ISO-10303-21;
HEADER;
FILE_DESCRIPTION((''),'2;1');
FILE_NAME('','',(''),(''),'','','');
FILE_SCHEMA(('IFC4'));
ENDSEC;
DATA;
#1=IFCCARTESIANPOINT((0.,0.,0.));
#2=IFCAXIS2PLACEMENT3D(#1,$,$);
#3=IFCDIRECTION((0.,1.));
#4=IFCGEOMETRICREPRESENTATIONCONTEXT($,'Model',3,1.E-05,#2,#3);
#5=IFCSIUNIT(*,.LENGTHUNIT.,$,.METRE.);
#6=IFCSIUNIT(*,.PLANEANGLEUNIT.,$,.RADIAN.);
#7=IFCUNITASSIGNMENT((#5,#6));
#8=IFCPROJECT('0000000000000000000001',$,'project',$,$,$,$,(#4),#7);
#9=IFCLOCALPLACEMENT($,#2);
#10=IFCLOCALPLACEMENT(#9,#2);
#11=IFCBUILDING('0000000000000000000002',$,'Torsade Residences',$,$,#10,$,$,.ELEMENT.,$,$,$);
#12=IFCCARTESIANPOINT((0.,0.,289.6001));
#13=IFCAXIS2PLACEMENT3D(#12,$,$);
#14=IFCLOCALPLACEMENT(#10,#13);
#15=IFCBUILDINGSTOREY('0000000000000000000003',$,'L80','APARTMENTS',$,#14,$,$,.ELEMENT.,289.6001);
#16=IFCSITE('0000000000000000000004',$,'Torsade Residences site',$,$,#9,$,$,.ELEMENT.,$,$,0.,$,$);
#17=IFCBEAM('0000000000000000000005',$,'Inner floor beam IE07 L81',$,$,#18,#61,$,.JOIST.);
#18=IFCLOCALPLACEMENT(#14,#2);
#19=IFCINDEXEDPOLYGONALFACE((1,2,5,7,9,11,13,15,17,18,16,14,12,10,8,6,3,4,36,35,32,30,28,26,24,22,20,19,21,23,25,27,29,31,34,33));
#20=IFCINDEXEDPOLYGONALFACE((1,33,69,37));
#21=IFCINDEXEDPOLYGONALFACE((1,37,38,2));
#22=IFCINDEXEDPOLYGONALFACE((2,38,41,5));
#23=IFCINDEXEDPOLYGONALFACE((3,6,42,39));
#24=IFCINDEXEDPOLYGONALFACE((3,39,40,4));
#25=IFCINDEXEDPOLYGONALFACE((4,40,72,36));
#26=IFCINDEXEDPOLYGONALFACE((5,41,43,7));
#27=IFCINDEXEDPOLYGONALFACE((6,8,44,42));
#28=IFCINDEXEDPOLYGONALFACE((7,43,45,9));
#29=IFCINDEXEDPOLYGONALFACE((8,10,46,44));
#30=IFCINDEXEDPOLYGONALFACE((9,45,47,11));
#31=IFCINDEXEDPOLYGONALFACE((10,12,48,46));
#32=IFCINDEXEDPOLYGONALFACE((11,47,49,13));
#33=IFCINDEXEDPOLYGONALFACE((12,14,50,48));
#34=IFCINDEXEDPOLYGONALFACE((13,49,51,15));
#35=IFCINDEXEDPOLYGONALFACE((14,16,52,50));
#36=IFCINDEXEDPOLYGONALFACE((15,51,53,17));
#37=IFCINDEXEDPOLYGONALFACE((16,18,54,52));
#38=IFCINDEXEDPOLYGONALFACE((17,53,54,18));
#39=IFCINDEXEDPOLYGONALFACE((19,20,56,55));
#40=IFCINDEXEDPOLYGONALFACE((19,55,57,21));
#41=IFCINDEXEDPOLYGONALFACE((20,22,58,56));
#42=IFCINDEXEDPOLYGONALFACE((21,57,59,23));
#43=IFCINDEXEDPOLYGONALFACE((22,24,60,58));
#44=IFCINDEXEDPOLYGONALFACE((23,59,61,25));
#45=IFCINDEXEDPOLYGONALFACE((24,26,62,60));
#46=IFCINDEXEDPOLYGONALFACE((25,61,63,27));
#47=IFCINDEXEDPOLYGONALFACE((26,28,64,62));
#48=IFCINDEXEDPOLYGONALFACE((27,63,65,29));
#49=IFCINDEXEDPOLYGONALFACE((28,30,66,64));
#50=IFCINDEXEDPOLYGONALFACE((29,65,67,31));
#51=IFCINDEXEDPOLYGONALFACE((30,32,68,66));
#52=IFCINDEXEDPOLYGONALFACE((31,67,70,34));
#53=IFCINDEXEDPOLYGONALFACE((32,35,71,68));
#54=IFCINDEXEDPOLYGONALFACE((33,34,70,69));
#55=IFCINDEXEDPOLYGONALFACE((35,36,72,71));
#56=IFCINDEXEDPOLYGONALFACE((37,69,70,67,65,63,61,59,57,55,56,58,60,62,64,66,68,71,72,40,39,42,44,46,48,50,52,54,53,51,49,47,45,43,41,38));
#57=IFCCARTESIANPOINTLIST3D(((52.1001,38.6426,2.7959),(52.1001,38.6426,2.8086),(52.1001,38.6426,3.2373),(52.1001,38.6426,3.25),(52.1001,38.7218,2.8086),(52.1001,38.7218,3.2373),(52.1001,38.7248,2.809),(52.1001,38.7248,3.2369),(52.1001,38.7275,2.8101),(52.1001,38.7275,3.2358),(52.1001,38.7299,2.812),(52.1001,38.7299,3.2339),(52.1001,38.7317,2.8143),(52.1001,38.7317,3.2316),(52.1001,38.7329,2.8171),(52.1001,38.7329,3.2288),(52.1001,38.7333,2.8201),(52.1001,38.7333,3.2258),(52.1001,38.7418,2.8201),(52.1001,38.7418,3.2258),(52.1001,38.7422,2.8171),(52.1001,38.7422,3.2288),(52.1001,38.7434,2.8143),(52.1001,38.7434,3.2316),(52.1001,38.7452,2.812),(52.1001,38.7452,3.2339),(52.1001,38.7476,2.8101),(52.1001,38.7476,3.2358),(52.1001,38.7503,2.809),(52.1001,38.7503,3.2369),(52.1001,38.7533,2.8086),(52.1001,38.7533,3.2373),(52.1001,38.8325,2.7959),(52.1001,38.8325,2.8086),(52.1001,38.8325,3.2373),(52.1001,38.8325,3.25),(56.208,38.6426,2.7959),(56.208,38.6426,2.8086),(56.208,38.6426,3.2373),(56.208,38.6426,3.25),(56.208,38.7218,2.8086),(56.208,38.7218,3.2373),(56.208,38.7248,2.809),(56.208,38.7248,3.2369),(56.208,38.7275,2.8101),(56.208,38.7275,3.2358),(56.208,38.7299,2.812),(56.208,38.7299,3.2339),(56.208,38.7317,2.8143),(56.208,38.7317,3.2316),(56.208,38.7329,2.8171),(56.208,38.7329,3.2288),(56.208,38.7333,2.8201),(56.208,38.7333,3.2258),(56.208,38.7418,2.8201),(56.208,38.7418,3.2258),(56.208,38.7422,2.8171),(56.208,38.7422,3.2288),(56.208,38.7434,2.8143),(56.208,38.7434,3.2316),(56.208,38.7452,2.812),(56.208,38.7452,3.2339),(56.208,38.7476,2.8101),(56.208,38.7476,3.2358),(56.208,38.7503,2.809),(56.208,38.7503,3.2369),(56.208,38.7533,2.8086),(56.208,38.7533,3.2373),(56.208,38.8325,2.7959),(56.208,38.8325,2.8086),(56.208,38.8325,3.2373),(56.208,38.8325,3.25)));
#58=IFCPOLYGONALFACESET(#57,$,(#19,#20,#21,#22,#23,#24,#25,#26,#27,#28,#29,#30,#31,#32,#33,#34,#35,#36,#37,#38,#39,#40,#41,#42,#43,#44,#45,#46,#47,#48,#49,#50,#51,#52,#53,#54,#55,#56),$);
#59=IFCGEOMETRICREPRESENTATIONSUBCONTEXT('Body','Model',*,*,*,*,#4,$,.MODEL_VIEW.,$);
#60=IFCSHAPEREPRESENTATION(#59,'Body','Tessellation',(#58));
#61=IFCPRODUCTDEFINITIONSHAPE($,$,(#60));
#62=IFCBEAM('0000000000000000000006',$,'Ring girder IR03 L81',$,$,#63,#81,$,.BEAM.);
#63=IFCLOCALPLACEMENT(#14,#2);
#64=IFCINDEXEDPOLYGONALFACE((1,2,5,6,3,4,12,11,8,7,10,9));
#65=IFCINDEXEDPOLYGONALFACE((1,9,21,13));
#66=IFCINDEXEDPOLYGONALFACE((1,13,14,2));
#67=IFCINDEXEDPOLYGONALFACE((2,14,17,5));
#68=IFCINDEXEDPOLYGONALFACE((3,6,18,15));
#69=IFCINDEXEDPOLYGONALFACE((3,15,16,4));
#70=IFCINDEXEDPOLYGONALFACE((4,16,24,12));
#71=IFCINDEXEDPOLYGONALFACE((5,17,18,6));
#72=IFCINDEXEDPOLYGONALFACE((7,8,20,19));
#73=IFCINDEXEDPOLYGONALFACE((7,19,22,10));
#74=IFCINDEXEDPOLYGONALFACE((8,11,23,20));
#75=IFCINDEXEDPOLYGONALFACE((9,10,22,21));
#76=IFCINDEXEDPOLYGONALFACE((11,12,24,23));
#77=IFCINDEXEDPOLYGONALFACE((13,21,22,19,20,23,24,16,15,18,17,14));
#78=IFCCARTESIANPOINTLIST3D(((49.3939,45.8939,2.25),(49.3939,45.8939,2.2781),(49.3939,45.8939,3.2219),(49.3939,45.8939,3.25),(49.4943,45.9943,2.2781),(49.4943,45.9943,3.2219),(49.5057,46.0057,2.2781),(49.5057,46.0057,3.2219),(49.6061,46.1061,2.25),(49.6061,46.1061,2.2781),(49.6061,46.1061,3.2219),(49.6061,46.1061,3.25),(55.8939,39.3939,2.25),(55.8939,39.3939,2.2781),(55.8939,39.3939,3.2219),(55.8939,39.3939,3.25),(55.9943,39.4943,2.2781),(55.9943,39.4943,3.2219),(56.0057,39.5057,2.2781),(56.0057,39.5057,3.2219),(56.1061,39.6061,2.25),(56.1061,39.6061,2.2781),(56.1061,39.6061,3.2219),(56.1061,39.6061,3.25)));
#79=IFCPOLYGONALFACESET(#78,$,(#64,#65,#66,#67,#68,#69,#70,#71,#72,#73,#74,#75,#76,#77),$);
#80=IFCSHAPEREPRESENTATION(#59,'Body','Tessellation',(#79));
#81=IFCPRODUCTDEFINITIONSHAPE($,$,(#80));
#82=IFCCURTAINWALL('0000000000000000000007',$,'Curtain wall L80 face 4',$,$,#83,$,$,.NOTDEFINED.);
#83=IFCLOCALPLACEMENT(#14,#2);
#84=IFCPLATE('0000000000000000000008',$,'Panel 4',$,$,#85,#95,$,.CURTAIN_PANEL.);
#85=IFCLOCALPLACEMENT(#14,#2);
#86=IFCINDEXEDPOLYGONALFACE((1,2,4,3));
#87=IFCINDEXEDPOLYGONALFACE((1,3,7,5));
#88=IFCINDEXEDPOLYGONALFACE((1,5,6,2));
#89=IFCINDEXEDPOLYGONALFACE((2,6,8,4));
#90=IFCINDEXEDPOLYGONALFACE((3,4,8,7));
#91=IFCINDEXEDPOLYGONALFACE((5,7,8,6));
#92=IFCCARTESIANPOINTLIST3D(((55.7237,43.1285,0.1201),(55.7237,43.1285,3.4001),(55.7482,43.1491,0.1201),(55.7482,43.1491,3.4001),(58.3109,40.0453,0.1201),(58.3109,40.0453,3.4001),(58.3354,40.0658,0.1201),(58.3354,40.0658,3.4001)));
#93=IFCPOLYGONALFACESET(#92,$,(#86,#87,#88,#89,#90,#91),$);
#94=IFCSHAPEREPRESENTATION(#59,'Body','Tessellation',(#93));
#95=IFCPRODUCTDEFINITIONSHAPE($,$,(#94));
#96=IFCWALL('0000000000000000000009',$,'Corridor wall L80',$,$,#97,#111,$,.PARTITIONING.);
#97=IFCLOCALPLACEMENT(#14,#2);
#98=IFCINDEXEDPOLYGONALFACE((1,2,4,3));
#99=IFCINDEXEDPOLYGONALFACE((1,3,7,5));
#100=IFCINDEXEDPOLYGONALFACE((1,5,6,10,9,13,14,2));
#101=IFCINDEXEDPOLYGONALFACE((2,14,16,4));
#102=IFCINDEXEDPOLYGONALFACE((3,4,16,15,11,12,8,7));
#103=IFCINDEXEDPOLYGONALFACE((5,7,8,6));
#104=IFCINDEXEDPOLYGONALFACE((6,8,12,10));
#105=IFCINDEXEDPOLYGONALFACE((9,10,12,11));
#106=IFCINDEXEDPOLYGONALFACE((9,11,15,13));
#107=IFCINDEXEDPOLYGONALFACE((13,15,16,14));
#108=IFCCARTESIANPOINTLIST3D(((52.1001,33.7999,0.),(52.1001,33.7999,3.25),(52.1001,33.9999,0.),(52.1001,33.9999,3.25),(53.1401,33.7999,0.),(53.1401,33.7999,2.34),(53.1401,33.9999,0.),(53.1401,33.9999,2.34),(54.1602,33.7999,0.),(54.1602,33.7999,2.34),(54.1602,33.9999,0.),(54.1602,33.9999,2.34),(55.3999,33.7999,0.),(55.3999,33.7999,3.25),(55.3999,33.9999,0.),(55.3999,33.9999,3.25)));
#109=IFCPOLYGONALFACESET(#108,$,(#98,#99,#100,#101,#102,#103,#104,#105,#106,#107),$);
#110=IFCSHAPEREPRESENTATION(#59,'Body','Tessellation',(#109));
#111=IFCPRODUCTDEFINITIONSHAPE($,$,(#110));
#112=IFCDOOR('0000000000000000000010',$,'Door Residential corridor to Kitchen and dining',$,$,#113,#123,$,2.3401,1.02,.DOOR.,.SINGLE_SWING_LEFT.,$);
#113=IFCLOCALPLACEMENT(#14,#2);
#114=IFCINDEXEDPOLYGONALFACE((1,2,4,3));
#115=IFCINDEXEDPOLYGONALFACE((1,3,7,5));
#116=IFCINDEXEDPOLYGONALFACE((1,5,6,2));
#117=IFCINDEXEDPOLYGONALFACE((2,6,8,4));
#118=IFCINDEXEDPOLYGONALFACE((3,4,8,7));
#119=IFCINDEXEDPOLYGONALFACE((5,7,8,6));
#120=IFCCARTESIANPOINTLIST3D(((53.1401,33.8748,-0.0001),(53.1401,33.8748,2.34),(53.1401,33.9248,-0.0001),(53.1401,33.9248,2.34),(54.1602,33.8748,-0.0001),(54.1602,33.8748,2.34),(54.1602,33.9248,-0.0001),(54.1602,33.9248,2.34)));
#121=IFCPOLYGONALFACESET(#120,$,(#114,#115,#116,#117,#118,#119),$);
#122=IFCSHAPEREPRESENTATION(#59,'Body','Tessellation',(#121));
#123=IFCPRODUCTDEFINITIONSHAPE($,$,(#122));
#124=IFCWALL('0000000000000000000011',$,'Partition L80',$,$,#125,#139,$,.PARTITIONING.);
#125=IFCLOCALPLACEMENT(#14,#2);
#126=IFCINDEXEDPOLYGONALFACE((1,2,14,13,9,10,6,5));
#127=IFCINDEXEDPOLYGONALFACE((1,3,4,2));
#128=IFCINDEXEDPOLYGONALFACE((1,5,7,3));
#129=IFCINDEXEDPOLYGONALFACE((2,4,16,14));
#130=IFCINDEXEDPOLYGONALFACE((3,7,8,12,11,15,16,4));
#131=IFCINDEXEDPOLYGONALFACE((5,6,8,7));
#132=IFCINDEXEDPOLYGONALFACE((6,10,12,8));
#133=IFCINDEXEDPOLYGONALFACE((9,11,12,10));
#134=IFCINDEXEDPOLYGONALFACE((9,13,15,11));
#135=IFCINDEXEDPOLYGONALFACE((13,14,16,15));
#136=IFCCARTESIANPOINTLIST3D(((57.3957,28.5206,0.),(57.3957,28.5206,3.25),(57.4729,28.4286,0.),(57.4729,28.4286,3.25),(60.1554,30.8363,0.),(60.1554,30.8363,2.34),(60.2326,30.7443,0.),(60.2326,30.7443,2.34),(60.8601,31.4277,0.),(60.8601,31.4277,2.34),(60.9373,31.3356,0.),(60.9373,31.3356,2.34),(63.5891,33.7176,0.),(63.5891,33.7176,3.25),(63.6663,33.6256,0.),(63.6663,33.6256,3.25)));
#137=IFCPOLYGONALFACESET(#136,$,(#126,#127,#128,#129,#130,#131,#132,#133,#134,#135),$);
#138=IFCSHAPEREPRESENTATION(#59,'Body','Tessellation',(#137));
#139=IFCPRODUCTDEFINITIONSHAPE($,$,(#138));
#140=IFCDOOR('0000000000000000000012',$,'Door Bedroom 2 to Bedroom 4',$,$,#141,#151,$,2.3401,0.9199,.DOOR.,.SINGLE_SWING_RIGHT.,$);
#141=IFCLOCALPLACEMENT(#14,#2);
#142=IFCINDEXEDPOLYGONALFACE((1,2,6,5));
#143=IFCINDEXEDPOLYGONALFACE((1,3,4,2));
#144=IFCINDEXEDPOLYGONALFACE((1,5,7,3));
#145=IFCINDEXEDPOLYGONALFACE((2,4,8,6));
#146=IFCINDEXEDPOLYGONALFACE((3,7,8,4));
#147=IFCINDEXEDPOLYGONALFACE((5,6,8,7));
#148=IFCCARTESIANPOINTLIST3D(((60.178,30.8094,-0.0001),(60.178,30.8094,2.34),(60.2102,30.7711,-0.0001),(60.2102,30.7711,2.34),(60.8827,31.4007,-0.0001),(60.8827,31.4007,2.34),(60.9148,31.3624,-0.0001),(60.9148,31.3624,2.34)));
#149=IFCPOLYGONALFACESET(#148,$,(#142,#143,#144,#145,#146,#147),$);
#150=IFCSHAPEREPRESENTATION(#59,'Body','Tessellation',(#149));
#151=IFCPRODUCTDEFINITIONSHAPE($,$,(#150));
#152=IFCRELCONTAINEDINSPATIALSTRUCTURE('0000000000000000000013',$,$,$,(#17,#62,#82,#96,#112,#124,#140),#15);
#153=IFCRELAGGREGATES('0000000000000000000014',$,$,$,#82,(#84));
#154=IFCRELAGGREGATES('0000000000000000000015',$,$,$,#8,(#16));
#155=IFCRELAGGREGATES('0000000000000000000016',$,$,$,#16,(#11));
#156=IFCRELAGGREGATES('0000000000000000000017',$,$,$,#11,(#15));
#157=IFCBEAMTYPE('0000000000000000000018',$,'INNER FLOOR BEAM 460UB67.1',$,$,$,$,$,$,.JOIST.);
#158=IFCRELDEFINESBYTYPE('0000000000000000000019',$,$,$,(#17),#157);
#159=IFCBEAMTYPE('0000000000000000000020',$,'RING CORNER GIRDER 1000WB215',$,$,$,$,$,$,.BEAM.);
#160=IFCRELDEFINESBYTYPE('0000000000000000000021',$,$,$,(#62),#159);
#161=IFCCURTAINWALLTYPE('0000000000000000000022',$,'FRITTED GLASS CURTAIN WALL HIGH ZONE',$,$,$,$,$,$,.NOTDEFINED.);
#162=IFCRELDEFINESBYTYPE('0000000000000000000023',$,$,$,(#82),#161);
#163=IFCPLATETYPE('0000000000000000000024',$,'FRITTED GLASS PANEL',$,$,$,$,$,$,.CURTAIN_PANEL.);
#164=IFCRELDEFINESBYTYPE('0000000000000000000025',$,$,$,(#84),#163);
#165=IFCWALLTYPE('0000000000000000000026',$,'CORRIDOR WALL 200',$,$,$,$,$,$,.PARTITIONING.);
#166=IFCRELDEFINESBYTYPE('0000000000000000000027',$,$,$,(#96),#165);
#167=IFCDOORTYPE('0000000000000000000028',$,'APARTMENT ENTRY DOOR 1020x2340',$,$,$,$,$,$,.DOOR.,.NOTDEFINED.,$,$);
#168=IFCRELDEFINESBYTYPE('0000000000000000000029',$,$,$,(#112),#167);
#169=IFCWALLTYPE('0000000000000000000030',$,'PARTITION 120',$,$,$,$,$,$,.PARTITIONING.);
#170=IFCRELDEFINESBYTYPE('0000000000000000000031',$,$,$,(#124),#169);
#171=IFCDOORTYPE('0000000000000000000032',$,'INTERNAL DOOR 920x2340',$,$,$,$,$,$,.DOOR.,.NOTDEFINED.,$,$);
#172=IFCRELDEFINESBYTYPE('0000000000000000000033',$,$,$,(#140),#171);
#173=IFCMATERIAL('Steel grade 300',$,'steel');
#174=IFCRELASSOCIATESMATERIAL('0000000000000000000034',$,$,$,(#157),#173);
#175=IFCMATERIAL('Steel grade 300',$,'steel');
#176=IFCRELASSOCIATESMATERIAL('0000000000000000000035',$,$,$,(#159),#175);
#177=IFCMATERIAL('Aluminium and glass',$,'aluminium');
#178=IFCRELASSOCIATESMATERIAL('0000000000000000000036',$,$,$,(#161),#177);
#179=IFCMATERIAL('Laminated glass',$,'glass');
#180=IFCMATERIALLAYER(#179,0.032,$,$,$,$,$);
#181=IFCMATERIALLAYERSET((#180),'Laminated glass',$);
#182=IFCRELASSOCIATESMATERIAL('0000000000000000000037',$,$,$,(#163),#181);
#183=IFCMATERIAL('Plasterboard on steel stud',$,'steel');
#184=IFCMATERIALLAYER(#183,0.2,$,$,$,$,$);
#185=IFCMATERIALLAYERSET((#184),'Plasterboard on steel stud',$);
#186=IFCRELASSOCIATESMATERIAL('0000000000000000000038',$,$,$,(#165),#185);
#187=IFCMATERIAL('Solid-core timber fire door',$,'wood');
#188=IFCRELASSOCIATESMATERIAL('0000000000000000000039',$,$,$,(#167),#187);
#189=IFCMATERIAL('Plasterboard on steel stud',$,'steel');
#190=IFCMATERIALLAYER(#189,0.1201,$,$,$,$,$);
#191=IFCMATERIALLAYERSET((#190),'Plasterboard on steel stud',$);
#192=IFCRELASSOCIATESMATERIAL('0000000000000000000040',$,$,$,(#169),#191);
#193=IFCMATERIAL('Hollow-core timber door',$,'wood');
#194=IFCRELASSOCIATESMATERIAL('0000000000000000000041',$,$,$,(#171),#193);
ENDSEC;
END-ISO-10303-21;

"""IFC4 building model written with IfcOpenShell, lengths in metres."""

from ifc_helpers import new_model, si_unit, direction, frame, frame_2d, origin, origin_2d, place, context, subcontext, project, spatial, rectangle, i_section, extrude, material, layer, layer_set, material_profile, profile_set, type_object, element, fill, aggregate, save


model = new_model("IFC4")

# Units and contexts
model_context = context("Model", 3, precision=1e-05, world=origin(), true_north=direction((0.0, 1.0)))
body_context = subcontext(model_context, "Body", "Model", "MODEL_VIEW")
ifc_project = project(units=[si_unit("LENGTHUNIT", "METRE"), si_unit("PLANEANGLEUNIT", "RADIAN")], contexts=[model_context])

# Site, building, storey
site_placement = place(None, origin())
site = spatial("IfcSite", under=ifc_project, at=site_placement, Name="Torsade Residences site", CompositionType="ELEMENT", RefElevation=0.0)
building_placement = place(site_placement, origin())
building = spatial("IfcBuilding", under=site, at=building_placement, Name="Torsade Residences", CompositionType="ELEMENT")
storey_placement = place(building_placement, frame((0.0, 0.0, 289.6001)))
storey = spatial("IfcBuildingStorey", under=building, at=storey_placement, Name="L80", Description="APARTMENTS", CompositionType="ELEMENT", Elevation=289.6001)

# Beams
ifc_material_1 = material(Name="Steel grade 300", Category="steel")
ifc_material_profile_1 = material_profile(ifc_material_1, i_section(OverallWidth=0.1899, OverallDepth=0.4541, WebThickness=0.0085, FlangeThickness=0.0127, FilletRadius=0.0115, at=origin_2d()), Name="460UB67.1")
ifc_profile_set_1 = profile_set([ifc_material_profile_1], Name="Steel grade 300")
beam_type_1 = type_object("IfcBeamType", Name="INNER FLOOR BEAM 460UB67.1", PredefinedType="JOIST", material=ifc_profile_set_1)
beam_1_placement = place(storey_placement, frame((52.1001, 38.7375, 3.0229), z_axis=(1.0, 0.0, 0.0), x_axis=(0.0, 1.0, 0.0)))
element("IfcBeam", 1, at=beam_1_placement, inside=storey, type_object=beam_type_1, Name="Inner floor beam IE07 L81", PredefinedType="JOIST", context=body_context, shape_type="SweptSolid", body=[
    extrude(i_section(OverallWidth=0.1899, OverallDepth=0.4541, WebThickness=0.0085, FlangeThickness=0.0127, FilletRadius=0.0115, at=origin_2d()), origin(), (0.0, 0.0, 1.0), 4.1079),
])
ifc_material_2 = material(Name="Steel grade 300", Category="steel")
ifc_material_profile_2 = material_profile(ifc_material_2, i_section(OverallWidth=0.3, OverallDepth=1.0, WebThickness=0.0161, FlangeThickness=0.0281, at=origin_2d()), Name="1000WB215")
ifc_profile_set_2 = profile_set([ifc_material_profile_2], Name="Steel grade 300")
beam_type_2 = type_object("IfcBeamType", Name="RING CORNER GIRDER 1000WB215", PredefinedType="BEAM", material=ifc_profile_set_2)
beam_2_placement = place(storey_placement, frame((56.0, 39.5, 2.75), z_axis=(-0.707107, 0.707107, 0.0), x_axis=(-0.707107, -0.707107, 0.0)))
element("IfcBeam", 2, at=beam_2_placement, inside=storey, type_object=beam_type_2, Name="Ring girder IR03 L81", PredefinedType="BEAM", context=body_context, shape_type="SweptSolid", body=[
    extrude(i_section(OverallWidth=0.3, OverallDepth=1.0, WebThickness=0.0161, FlangeThickness=0.0281, at=origin_2d()), origin(), (0.0, 0.0, 1.0), 9.1924),
])

# Curtain wall, plate
ifc_material_3 = material(Name="Aluminium and glass", Category="aluminium")
curtain_wall_type = type_object("IfcCurtainWallType", Name="FRITTED GLASS CURTAIN WALL HIGH ZONE", PredefinedType="NOTDEFINED", material=ifc_material_3)
curtain_wall_placement = place(storey_placement, origin())
curtain_wall = element("IfcCurtainWall", 3, at=curtain_wall_placement, inside=storey, type_object=curtain_wall_type, Name="Curtain wall L80 face 4", PredefinedType="NOTDEFINED")
ifc_material_4 = material(Name="Laminated glass", Category="glass")
ifc_layer_1 = layer(ifc_material_4, 0.032)
ifc_layer_set_1 = layer_set([ifc_layer_1], Name="Laminated glass")
plate_type = type_object("IfcPlateType", Name="FRITTED GLASS PANEL", PredefinedType="CURTAIN_PANEL", material=ifc_layer_set_1)
plate_placement = place(storey_placement, frame((57.0295, 41.5972, 0.1201), z_axis=(0.0, 0.0, 1.0), x_axis=(-0.642788, 0.766044, 0.0)))
plate = element("IfcPlate", 4, at=plate_placement, type_object=plate_type, Name="Panel 4", PredefinedType="CURTAIN_PANEL", context=body_context, shape_type="SweptSolid", body=[
    extrude(rectangle(XDim=4.0249, YDim=0.032, at=origin_2d()), origin(), (0.0, 0.0, 1.0), 3.28),
])
aggregate(curtain_wall, [plate])

# Walls, openings, doors
ifc_material_5 = material(Name="Plasterboard on steel stud", Category="steel")
ifc_layer_2 = layer(ifc_material_5, 0.2)
ifc_layer_set_2 = layer_set([ifc_layer_2], Name="Plasterboard on steel stud")
wall_type_1 = type_object("IfcWallType", Name="CORRIDOR WALL 200", PredefinedType="PARTITIONING", material=ifc_layer_set_2)
wall_1_placement = place(storey_placement, frame((52.1001, 33.8999, 0.0), z_axis=(0.0, 0.0, 1.0), x_axis=(1.0, 0.0, 0.0)))
wall_1 = element("IfcWall", 5, at=wall_1_placement, inside=storey, type_object=wall_type_1, Name="Corridor wall L80", PredefinedType="PARTITIONING", context=body_context, shape_type="SweptSolid", body=[
    extrude(rectangle(XDim=3.2998, YDim=0.2, at=frame_2d((1.6499, 0.0))), origin(), (0.0, 0.0, 1.0), 3.25),
])
opening_1_placement = place(wall_1_placement, frame((1.04, 0.0, 0.0)))
opening_1 = element("IfcOpeningElement", 6, at=opening_1_placement, cuts=wall_1, PredefinedType="OPENING", context=body_context, shape_type="SweptSolid", body=[
    extrude(rectangle(XDim=1.02, YDim=2.3401, at=frame_2d((0.51, 1.1699))), frame((0.0, 0.1099, 0.0), z_axis=(0.0, -1.0, 0.0), x_axis=(1.0, 0.0, 0.0)), (0.0, 0.0, 1.0), 0.22),
])
ifc_material_6 = material(Name="Solid-core timber fire door", Category="wood")
door_type_1 = type_object("IfcDoorType", Name="APARTMENT ENTRY DOOR 1020x2340", OperationType="NOTDEFINED", PredefinedType="DOOR", material=ifc_material_6)
door_1_placement = place(opening_1_placement, origin())
door_1 = element("IfcDoor", 7, at=door_1_placement, inside=storey, type_object=door_type_1, Name="Door Residential corridor to Kitchen and dining", OperationType="SINGLE_SWING_LEFT", OverallHeight=2.3401, OverallWidth=1.02, PredefinedType="DOOR", context=body_context, shape_type="SweptSolid", body=[
    extrude(rectangle(XDim=1.02, YDim=2.3401, at=frame_2d((0.51, 1.1699))), frame((0.0, 0.0249, 0.0), z_axis=(0.0, -1.0, 0.0), x_axis=(1.0, 0.0, 0.0)), (0.0, 0.0, 1.0), 0.05),
])
fill(opening_1, door_1)
ifc_material_7 = material(Name="Plasterboard on steel stud", Category="steel")
ifc_layer_3 = layer(ifc_material_7, 0.1201)
ifc_layer_set_3 = layer_set([ifc_layer_3], Name="Plasterboard on steel stud")
wall_type_2 = type_object("IfcWallType", Name="PARTITION 120", PredefinedType="PARTITIONING", material=ifc_layer_set_3)
wall_2_placement = place(storey_placement, frame((57.4343, 28.4746, 0.0), z_axis=(0.0, 0.0, 1.0), x_axis=(0.766034, 0.6428, 0.0)))
wall_2 = element("IfcWall", 8, at=wall_2_placement, inside=storey, type_object=wall_type_2, Name="Partition L80", PredefinedType="PARTITIONING", context=body_context, shape_type="SweptSolid", body=[
    extrude(rectangle(XDim=8.085, YDim=0.1201, at=frame_2d((4.0425, 0.0))), origin(), (0.0, 0.0, 1.0), 3.25),
])
opening_2_placement = place(wall_2_placement, frame((3.6025, 0.0, 0.0)))
opening_2 = element("IfcOpeningElement", 9, at=opening_2_placement, cuts=wall_2, PredefinedType="OPENING", context=body_context, shape_type="SweptSolid", body=[
    extrude(rectangle(XDim=0.9199, YDim=2.3401, at=frame_2d((0.46, 1.1699))), frame((0.0, 0.0701, 0.0), z_axis=(0.0, -1.0, 0.0), x_axis=(1.0, 0.0, 0.0)), (0.0, 0.0, 1.0), 0.1401),
])
ifc_material_8 = material(Name="Hollow-core timber door", Category="wood")
door_type_2 = type_object("IfcDoorType", Name="INTERNAL DOOR 920x2340", OperationType="NOTDEFINED", PredefinedType="DOOR", material=ifc_material_8)
door_2_placement = place(opening_2_placement, origin())
door_2 = element("IfcDoor", 10, at=door_2_placement, inside=storey, type_object=door_type_2, Name="Door Bedroom 2 to Bedroom 4", OperationType="SINGLE_SWING_RIGHT", OverallHeight=2.3401, OverallWidth=0.9199, PredefinedType="DOOR", context=body_context, shape_type="SweptSolid", body=[
    extrude(rectangle(XDim=0.9199, YDim=2.3401, at=frame_2d((0.46, 1.1699))), frame((0.0, 0.0249, 0.0), z_axis=(0.0, -1.0, 0.0), x_axis=(1.0, 0.0, 0.0)), (0.0, 0.0, 1.0), 0.05),
])
fill(opening_2, door_2)

save(model, "model.ifc")
